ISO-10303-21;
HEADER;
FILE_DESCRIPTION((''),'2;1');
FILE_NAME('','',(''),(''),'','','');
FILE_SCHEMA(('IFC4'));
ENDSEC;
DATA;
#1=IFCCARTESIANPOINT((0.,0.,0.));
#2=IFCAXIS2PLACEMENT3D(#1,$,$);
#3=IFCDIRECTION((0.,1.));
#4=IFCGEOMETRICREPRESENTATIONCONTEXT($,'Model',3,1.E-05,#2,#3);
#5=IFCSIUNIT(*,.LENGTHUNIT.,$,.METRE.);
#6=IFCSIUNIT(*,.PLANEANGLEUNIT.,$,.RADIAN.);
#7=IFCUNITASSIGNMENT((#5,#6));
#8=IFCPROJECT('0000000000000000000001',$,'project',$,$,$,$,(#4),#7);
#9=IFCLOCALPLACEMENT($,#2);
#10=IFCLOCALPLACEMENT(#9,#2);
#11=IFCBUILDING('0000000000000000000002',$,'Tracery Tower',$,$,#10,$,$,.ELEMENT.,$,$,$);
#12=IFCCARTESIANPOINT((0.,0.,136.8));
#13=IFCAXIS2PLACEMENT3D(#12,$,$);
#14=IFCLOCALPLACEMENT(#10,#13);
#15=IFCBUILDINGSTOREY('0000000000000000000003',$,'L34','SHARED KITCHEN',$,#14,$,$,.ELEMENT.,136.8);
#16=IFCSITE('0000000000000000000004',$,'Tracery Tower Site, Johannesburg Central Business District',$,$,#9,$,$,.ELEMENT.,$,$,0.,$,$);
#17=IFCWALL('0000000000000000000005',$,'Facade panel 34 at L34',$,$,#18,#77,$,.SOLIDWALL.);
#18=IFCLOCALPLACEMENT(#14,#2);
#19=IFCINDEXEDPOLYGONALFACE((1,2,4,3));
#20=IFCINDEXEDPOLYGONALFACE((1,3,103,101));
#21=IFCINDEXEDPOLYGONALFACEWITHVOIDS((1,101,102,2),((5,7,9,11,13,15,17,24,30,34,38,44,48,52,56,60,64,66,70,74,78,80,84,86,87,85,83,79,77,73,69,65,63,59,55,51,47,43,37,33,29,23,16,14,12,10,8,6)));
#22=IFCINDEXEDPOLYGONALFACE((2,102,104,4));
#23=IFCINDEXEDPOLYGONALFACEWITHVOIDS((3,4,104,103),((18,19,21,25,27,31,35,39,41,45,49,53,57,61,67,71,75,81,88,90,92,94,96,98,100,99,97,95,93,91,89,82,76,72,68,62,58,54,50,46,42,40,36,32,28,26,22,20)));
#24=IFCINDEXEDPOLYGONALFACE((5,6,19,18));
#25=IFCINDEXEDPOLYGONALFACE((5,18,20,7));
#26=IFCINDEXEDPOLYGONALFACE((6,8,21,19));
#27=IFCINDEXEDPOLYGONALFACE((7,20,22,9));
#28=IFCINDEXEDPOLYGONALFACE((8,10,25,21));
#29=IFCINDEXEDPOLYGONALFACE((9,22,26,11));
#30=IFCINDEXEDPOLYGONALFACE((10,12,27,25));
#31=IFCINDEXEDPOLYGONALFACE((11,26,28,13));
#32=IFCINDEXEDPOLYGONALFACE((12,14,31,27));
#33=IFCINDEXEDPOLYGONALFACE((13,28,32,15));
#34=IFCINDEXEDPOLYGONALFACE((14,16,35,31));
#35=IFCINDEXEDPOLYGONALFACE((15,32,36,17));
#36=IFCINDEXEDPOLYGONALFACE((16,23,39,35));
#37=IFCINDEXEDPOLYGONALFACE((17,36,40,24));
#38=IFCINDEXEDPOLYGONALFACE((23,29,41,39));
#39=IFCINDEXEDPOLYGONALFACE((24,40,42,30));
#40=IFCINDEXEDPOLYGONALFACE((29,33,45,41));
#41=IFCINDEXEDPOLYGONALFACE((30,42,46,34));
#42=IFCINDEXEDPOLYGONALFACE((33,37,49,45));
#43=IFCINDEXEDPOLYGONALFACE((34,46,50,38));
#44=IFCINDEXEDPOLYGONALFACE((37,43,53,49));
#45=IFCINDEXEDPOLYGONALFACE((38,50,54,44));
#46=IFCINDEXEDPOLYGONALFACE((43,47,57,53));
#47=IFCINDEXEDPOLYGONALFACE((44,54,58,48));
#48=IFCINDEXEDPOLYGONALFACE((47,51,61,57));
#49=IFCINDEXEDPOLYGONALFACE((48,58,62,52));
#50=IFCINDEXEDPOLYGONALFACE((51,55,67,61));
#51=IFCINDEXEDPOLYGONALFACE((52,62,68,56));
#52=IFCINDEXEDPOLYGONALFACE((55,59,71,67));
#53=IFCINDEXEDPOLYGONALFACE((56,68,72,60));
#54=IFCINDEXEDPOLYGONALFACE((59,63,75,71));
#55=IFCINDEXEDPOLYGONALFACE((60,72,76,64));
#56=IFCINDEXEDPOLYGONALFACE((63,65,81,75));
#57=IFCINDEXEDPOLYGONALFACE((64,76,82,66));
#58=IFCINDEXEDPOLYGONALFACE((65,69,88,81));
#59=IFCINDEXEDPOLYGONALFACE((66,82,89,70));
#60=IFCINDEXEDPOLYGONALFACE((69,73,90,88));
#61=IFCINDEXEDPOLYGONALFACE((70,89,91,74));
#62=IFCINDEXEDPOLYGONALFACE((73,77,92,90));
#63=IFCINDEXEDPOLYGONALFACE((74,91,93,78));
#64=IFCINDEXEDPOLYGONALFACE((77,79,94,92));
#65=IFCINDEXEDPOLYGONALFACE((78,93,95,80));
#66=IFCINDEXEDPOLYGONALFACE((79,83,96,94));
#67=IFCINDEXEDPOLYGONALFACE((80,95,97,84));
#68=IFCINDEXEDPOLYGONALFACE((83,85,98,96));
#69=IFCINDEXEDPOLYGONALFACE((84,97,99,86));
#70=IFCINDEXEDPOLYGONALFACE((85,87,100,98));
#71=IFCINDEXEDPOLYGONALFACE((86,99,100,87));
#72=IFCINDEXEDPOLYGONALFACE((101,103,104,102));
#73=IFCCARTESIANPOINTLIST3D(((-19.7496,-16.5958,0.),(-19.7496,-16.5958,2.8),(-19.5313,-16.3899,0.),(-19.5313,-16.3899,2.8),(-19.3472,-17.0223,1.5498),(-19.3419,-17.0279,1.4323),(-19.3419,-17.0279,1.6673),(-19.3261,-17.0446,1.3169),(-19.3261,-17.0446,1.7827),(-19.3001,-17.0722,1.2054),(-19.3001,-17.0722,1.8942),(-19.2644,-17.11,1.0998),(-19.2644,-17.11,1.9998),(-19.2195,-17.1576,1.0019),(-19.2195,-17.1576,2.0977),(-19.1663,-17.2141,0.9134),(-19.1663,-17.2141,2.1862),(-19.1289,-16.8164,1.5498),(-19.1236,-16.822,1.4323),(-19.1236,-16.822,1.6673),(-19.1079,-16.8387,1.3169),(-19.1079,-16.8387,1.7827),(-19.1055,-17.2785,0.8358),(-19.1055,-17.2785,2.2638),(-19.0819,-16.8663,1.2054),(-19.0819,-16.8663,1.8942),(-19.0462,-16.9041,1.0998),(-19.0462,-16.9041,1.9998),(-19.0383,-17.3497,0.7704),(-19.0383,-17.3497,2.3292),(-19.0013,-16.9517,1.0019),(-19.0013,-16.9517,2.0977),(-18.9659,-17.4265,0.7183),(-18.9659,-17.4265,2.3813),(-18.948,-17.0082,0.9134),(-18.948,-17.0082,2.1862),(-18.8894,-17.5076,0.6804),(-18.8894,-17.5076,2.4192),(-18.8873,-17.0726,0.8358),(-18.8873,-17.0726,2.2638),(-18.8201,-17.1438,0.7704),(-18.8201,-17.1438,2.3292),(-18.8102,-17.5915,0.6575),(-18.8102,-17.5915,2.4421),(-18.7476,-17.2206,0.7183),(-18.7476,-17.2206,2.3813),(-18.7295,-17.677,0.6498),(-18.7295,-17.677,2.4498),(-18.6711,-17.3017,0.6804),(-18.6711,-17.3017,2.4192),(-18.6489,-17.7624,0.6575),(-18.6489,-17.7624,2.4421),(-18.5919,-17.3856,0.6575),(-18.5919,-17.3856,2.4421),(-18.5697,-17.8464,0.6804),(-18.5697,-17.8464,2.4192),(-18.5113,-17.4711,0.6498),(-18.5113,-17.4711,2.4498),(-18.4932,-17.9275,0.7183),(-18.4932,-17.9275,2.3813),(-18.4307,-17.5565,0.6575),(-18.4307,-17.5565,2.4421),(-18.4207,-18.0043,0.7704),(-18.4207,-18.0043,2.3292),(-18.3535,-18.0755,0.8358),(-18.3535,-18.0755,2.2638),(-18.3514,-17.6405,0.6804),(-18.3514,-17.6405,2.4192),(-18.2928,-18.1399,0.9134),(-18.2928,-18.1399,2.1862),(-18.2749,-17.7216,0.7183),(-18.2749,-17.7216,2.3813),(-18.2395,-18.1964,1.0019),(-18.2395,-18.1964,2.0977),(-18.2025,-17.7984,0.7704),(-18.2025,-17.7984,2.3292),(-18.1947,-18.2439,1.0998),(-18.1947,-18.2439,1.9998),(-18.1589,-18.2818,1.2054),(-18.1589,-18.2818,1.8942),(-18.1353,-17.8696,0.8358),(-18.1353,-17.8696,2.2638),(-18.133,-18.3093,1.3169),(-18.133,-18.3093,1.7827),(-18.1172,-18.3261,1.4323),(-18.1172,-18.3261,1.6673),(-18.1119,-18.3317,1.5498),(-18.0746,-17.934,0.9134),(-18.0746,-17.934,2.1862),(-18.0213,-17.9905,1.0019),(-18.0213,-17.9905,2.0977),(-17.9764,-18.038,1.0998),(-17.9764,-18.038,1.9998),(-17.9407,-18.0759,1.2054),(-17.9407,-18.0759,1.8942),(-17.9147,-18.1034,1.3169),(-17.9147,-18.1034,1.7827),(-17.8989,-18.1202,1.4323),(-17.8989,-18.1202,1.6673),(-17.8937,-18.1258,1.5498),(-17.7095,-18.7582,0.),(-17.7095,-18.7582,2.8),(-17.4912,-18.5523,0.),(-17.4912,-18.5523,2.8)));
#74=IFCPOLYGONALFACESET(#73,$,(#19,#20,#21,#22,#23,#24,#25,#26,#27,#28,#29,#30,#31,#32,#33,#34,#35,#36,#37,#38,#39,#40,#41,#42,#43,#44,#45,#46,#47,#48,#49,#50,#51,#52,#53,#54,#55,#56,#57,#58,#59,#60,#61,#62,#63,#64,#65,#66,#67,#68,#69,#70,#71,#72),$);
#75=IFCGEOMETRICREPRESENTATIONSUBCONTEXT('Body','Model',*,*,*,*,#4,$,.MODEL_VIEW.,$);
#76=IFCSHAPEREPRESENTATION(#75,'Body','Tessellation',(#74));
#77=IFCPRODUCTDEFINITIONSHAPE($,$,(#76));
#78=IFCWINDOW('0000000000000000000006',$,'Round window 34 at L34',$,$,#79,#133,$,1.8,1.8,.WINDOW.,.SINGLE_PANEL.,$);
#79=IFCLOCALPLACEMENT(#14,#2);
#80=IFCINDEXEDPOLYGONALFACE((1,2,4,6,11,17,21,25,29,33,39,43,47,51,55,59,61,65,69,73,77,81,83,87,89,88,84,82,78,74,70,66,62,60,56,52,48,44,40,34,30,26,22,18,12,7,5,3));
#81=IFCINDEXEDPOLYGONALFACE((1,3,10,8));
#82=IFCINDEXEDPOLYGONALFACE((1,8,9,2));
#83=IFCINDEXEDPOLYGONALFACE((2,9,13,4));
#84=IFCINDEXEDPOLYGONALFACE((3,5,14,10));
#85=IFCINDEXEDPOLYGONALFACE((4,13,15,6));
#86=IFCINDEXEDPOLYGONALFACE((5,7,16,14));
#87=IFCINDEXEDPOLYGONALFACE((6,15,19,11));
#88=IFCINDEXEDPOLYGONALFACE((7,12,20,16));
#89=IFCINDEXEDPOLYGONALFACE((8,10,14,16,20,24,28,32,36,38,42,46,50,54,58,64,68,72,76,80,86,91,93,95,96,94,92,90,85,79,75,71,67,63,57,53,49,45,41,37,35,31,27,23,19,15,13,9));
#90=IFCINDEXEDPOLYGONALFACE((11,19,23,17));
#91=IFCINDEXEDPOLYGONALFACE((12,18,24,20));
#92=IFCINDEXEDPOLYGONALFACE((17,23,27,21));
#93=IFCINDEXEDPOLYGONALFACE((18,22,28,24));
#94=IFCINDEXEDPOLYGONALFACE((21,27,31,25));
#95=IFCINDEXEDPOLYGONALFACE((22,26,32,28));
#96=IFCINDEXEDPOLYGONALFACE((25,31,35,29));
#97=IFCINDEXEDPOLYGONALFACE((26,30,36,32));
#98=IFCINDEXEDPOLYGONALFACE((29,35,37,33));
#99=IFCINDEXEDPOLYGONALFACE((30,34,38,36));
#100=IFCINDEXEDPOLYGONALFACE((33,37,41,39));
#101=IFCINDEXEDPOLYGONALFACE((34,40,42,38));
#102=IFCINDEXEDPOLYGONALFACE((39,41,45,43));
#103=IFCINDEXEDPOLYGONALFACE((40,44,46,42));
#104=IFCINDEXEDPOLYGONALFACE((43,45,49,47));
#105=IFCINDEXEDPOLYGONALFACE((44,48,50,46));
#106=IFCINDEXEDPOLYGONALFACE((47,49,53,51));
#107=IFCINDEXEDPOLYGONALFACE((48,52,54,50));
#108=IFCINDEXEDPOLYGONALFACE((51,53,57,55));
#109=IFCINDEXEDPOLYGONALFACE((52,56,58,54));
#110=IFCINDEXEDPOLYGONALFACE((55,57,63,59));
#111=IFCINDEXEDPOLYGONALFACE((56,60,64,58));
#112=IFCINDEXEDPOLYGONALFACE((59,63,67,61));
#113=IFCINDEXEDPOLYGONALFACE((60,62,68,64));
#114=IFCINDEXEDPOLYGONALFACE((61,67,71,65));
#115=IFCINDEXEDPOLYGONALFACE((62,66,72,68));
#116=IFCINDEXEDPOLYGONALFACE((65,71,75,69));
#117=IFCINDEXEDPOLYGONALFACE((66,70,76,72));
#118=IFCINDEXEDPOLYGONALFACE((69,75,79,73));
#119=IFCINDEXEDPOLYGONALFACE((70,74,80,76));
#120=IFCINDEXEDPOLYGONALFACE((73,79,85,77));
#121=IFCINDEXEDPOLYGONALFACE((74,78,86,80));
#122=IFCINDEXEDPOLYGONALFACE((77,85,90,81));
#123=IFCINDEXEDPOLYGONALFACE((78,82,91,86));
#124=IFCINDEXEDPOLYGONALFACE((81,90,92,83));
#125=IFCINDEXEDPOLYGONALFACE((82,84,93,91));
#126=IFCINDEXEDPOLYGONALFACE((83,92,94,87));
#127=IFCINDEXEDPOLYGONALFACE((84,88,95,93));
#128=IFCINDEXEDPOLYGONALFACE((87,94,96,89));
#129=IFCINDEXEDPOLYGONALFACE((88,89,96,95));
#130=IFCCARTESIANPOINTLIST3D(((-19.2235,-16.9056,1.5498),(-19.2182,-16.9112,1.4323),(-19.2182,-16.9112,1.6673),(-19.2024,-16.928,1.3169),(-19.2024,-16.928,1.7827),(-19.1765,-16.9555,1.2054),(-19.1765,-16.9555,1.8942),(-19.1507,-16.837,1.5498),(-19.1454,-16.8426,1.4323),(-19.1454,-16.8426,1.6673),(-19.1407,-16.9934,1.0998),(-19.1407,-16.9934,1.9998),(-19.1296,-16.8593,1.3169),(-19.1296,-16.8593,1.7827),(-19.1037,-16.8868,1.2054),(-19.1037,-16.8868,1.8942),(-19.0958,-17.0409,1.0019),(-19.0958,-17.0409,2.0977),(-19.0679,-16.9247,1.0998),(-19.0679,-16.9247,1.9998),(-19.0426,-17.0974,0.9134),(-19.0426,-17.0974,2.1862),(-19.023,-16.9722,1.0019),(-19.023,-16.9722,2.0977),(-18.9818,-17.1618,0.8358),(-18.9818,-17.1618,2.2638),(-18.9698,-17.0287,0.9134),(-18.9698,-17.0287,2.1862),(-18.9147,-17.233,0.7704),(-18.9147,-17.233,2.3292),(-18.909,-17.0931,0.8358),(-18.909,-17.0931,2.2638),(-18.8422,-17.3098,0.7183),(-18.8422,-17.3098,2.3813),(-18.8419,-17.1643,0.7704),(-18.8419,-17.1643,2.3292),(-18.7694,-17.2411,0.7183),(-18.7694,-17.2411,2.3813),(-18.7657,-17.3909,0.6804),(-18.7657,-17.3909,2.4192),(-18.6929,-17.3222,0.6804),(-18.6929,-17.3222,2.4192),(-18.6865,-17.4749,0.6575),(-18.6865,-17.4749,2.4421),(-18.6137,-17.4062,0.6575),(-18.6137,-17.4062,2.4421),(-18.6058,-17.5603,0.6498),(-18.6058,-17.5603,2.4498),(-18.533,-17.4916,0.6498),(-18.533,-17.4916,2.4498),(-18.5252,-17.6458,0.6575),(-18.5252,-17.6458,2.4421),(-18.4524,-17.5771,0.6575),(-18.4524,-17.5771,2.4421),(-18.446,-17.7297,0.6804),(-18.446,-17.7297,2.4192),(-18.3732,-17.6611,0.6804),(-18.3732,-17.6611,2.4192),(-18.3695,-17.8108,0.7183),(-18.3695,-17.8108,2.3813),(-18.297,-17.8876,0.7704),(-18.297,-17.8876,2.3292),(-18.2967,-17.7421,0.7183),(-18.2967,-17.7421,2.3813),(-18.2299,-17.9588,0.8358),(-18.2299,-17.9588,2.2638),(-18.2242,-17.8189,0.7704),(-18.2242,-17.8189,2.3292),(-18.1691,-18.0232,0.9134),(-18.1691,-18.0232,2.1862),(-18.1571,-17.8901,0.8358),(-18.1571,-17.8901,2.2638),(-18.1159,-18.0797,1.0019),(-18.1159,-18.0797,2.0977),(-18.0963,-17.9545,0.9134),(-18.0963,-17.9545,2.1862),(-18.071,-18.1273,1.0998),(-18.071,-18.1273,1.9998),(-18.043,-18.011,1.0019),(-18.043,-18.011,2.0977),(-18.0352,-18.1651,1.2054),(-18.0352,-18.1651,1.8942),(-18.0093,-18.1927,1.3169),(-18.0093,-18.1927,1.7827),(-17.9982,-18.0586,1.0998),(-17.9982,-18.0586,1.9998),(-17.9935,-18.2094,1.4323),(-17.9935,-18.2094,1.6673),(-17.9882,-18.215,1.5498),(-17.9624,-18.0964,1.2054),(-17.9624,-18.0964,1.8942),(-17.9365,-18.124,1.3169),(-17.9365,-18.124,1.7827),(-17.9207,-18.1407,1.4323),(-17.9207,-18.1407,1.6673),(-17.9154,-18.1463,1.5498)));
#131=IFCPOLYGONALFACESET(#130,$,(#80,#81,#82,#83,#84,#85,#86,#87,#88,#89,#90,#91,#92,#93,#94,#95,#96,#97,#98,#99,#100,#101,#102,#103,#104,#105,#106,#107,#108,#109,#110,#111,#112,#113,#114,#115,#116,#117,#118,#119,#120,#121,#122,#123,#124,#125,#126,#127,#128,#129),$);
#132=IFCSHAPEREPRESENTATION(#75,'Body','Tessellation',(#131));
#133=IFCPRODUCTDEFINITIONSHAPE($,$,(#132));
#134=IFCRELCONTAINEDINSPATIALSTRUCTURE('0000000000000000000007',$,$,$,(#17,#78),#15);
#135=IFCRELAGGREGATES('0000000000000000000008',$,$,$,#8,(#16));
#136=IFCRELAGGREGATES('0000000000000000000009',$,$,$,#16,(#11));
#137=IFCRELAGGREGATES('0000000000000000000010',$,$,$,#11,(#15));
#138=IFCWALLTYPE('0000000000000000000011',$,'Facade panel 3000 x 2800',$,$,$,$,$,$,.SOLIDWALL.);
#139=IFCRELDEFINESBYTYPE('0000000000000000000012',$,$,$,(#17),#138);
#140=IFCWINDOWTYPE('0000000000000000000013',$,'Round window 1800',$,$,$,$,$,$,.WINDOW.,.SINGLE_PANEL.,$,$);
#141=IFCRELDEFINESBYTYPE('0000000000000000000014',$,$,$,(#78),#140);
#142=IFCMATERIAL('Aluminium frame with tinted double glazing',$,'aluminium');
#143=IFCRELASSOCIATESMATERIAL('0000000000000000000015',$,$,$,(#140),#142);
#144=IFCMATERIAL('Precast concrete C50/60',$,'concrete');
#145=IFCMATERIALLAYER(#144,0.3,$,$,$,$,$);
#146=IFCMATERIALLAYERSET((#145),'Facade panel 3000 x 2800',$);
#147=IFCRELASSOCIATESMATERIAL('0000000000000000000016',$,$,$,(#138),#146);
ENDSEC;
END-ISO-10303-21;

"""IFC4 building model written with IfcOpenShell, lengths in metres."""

from ifc_helpers import new_model, si_unit, direction, frame, frame_2d, origin, origin_2d, place, context, subcontext, project, spatial, rectangle, circle, extrude, material, layer, layer_set, type_object, element, fill, save


model = new_model("IFC4")

# Units and contexts
model_context = context("Model", 3, precision=1e-05, world=origin(), true_north=direction((0.0, 1.0)))
body_context = subcontext(model_context, "Body", "Model", "MODEL_VIEW")
ifc_project = project(units=[si_unit("LENGTHUNIT", "METRE"), si_unit("PLANEANGLEUNIT", "RADIAN")], contexts=[model_context])

# Site, building, storey
site_placement = place(None, origin())
site = spatial("IfcSite", under=ifc_project, at=site_placement, Name="Tracery Tower Site, Johannesburg Central Business District", CompositionType="ELEMENT", RefElevation=0.0)
building_placement = place(site_placement, origin())
building = spatial("IfcBuilding", under=site, at=building_placement, Name="Tracery Tower", CompositionType="ELEMENT")
storey_placement = place(building_placement, frame((0.0, 0.0, 136.8)))
storey = spatial("IfcBuildingStorey", under=building, at=storey_placement, Name="L34", Description="SHARED KITCHEN", CompositionType="ELEMENT", Elevation=136.8)

# Wall, opening, window
ifc_material_1 = material(Name="Aluminium frame with tinted double glazing", Category="aluminium")
window_type = type_object("IfcWindowType", Name="Round window 1800", PartitioningType="SINGLE_PANEL", PredefinedType="WINDOW", material=ifc_material_1)
ifc_material_2 = material(Name="Precast concrete C50/60", Category="concrete")
ifc_layer_1 = layer(ifc_material_2, 0.3)
ifc_layer_set_1 = layer_set([ifc_layer_1], Name="Facade panel 3000 x 2800")
wall_type_1 = type_object("IfcWallType", Name="Facade panel 3000 x 2800", PredefinedType="SOLIDWALL", material=ifc_layer_set_1)
wall_1_placement = place(storey_placement, frame((-19.6404, -16.4929, 0.0), z_axis=(0.0, 0.0, 1.0), x_axis=(0.686235, -0.72738, 0.0)))
wall_1 = element("IfcWall", 1, at=wall_1_placement, inside=storey, type_object=wall_type_1, Name="Facade panel 34 at L34", PredefinedType="SOLIDWALL", context=body_context, shape_type="SweptSolid", body=[
    extrude(rectangle(XDim=2.9729, YDim=0.3, at=frame_2d((1.4863, 0.0))), origin(), (0.0, 0.0, 1.0), 2.8),
])
opening_1_placement = place(wall_1_placement, frame((1.4863, 0.0, 1.5498)))
opening_1 = element("IfcOpeningElement", 2, at=opening_1_placement, cuts=wall_1, PredefinedType="OPENING", context=body_context, shape_type="SweptSolid", body=[
    extrude(circle(Radius=0.9, at=origin_2d()), frame((0.0, 0.1599, 0.0), z_axis=(0.0, -1.0, 0.0), x_axis=(1.0, 0.0, 0.0)), (0.0, 0.0, 1.0), 0.3201),
])
window_1_placement = place(opening_1_placement, origin())
window_1 = element("IfcWindow", 3, at=window_1_placement, inside=storey, type_object=window_type, Name="Round window 34 at L34", OverallHeight=1.8, OverallWidth=1.8, PartitioningType="SINGLE_PANEL", PredefinedType="WINDOW", context=body_context, shape_type="SweptSolid", body=[
    extrude(circle(Radius=0.9, at=origin_2d()), frame((0.0, 0.1201, 0.0), z_axis=(0.0, -1.0, 0.0), x_axis=(1.0, 0.0, 0.0)), (0.0, 0.0, 1.0), 0.1001),
])
fill(opening_1, window_1)

save(model, "model.ifc")
